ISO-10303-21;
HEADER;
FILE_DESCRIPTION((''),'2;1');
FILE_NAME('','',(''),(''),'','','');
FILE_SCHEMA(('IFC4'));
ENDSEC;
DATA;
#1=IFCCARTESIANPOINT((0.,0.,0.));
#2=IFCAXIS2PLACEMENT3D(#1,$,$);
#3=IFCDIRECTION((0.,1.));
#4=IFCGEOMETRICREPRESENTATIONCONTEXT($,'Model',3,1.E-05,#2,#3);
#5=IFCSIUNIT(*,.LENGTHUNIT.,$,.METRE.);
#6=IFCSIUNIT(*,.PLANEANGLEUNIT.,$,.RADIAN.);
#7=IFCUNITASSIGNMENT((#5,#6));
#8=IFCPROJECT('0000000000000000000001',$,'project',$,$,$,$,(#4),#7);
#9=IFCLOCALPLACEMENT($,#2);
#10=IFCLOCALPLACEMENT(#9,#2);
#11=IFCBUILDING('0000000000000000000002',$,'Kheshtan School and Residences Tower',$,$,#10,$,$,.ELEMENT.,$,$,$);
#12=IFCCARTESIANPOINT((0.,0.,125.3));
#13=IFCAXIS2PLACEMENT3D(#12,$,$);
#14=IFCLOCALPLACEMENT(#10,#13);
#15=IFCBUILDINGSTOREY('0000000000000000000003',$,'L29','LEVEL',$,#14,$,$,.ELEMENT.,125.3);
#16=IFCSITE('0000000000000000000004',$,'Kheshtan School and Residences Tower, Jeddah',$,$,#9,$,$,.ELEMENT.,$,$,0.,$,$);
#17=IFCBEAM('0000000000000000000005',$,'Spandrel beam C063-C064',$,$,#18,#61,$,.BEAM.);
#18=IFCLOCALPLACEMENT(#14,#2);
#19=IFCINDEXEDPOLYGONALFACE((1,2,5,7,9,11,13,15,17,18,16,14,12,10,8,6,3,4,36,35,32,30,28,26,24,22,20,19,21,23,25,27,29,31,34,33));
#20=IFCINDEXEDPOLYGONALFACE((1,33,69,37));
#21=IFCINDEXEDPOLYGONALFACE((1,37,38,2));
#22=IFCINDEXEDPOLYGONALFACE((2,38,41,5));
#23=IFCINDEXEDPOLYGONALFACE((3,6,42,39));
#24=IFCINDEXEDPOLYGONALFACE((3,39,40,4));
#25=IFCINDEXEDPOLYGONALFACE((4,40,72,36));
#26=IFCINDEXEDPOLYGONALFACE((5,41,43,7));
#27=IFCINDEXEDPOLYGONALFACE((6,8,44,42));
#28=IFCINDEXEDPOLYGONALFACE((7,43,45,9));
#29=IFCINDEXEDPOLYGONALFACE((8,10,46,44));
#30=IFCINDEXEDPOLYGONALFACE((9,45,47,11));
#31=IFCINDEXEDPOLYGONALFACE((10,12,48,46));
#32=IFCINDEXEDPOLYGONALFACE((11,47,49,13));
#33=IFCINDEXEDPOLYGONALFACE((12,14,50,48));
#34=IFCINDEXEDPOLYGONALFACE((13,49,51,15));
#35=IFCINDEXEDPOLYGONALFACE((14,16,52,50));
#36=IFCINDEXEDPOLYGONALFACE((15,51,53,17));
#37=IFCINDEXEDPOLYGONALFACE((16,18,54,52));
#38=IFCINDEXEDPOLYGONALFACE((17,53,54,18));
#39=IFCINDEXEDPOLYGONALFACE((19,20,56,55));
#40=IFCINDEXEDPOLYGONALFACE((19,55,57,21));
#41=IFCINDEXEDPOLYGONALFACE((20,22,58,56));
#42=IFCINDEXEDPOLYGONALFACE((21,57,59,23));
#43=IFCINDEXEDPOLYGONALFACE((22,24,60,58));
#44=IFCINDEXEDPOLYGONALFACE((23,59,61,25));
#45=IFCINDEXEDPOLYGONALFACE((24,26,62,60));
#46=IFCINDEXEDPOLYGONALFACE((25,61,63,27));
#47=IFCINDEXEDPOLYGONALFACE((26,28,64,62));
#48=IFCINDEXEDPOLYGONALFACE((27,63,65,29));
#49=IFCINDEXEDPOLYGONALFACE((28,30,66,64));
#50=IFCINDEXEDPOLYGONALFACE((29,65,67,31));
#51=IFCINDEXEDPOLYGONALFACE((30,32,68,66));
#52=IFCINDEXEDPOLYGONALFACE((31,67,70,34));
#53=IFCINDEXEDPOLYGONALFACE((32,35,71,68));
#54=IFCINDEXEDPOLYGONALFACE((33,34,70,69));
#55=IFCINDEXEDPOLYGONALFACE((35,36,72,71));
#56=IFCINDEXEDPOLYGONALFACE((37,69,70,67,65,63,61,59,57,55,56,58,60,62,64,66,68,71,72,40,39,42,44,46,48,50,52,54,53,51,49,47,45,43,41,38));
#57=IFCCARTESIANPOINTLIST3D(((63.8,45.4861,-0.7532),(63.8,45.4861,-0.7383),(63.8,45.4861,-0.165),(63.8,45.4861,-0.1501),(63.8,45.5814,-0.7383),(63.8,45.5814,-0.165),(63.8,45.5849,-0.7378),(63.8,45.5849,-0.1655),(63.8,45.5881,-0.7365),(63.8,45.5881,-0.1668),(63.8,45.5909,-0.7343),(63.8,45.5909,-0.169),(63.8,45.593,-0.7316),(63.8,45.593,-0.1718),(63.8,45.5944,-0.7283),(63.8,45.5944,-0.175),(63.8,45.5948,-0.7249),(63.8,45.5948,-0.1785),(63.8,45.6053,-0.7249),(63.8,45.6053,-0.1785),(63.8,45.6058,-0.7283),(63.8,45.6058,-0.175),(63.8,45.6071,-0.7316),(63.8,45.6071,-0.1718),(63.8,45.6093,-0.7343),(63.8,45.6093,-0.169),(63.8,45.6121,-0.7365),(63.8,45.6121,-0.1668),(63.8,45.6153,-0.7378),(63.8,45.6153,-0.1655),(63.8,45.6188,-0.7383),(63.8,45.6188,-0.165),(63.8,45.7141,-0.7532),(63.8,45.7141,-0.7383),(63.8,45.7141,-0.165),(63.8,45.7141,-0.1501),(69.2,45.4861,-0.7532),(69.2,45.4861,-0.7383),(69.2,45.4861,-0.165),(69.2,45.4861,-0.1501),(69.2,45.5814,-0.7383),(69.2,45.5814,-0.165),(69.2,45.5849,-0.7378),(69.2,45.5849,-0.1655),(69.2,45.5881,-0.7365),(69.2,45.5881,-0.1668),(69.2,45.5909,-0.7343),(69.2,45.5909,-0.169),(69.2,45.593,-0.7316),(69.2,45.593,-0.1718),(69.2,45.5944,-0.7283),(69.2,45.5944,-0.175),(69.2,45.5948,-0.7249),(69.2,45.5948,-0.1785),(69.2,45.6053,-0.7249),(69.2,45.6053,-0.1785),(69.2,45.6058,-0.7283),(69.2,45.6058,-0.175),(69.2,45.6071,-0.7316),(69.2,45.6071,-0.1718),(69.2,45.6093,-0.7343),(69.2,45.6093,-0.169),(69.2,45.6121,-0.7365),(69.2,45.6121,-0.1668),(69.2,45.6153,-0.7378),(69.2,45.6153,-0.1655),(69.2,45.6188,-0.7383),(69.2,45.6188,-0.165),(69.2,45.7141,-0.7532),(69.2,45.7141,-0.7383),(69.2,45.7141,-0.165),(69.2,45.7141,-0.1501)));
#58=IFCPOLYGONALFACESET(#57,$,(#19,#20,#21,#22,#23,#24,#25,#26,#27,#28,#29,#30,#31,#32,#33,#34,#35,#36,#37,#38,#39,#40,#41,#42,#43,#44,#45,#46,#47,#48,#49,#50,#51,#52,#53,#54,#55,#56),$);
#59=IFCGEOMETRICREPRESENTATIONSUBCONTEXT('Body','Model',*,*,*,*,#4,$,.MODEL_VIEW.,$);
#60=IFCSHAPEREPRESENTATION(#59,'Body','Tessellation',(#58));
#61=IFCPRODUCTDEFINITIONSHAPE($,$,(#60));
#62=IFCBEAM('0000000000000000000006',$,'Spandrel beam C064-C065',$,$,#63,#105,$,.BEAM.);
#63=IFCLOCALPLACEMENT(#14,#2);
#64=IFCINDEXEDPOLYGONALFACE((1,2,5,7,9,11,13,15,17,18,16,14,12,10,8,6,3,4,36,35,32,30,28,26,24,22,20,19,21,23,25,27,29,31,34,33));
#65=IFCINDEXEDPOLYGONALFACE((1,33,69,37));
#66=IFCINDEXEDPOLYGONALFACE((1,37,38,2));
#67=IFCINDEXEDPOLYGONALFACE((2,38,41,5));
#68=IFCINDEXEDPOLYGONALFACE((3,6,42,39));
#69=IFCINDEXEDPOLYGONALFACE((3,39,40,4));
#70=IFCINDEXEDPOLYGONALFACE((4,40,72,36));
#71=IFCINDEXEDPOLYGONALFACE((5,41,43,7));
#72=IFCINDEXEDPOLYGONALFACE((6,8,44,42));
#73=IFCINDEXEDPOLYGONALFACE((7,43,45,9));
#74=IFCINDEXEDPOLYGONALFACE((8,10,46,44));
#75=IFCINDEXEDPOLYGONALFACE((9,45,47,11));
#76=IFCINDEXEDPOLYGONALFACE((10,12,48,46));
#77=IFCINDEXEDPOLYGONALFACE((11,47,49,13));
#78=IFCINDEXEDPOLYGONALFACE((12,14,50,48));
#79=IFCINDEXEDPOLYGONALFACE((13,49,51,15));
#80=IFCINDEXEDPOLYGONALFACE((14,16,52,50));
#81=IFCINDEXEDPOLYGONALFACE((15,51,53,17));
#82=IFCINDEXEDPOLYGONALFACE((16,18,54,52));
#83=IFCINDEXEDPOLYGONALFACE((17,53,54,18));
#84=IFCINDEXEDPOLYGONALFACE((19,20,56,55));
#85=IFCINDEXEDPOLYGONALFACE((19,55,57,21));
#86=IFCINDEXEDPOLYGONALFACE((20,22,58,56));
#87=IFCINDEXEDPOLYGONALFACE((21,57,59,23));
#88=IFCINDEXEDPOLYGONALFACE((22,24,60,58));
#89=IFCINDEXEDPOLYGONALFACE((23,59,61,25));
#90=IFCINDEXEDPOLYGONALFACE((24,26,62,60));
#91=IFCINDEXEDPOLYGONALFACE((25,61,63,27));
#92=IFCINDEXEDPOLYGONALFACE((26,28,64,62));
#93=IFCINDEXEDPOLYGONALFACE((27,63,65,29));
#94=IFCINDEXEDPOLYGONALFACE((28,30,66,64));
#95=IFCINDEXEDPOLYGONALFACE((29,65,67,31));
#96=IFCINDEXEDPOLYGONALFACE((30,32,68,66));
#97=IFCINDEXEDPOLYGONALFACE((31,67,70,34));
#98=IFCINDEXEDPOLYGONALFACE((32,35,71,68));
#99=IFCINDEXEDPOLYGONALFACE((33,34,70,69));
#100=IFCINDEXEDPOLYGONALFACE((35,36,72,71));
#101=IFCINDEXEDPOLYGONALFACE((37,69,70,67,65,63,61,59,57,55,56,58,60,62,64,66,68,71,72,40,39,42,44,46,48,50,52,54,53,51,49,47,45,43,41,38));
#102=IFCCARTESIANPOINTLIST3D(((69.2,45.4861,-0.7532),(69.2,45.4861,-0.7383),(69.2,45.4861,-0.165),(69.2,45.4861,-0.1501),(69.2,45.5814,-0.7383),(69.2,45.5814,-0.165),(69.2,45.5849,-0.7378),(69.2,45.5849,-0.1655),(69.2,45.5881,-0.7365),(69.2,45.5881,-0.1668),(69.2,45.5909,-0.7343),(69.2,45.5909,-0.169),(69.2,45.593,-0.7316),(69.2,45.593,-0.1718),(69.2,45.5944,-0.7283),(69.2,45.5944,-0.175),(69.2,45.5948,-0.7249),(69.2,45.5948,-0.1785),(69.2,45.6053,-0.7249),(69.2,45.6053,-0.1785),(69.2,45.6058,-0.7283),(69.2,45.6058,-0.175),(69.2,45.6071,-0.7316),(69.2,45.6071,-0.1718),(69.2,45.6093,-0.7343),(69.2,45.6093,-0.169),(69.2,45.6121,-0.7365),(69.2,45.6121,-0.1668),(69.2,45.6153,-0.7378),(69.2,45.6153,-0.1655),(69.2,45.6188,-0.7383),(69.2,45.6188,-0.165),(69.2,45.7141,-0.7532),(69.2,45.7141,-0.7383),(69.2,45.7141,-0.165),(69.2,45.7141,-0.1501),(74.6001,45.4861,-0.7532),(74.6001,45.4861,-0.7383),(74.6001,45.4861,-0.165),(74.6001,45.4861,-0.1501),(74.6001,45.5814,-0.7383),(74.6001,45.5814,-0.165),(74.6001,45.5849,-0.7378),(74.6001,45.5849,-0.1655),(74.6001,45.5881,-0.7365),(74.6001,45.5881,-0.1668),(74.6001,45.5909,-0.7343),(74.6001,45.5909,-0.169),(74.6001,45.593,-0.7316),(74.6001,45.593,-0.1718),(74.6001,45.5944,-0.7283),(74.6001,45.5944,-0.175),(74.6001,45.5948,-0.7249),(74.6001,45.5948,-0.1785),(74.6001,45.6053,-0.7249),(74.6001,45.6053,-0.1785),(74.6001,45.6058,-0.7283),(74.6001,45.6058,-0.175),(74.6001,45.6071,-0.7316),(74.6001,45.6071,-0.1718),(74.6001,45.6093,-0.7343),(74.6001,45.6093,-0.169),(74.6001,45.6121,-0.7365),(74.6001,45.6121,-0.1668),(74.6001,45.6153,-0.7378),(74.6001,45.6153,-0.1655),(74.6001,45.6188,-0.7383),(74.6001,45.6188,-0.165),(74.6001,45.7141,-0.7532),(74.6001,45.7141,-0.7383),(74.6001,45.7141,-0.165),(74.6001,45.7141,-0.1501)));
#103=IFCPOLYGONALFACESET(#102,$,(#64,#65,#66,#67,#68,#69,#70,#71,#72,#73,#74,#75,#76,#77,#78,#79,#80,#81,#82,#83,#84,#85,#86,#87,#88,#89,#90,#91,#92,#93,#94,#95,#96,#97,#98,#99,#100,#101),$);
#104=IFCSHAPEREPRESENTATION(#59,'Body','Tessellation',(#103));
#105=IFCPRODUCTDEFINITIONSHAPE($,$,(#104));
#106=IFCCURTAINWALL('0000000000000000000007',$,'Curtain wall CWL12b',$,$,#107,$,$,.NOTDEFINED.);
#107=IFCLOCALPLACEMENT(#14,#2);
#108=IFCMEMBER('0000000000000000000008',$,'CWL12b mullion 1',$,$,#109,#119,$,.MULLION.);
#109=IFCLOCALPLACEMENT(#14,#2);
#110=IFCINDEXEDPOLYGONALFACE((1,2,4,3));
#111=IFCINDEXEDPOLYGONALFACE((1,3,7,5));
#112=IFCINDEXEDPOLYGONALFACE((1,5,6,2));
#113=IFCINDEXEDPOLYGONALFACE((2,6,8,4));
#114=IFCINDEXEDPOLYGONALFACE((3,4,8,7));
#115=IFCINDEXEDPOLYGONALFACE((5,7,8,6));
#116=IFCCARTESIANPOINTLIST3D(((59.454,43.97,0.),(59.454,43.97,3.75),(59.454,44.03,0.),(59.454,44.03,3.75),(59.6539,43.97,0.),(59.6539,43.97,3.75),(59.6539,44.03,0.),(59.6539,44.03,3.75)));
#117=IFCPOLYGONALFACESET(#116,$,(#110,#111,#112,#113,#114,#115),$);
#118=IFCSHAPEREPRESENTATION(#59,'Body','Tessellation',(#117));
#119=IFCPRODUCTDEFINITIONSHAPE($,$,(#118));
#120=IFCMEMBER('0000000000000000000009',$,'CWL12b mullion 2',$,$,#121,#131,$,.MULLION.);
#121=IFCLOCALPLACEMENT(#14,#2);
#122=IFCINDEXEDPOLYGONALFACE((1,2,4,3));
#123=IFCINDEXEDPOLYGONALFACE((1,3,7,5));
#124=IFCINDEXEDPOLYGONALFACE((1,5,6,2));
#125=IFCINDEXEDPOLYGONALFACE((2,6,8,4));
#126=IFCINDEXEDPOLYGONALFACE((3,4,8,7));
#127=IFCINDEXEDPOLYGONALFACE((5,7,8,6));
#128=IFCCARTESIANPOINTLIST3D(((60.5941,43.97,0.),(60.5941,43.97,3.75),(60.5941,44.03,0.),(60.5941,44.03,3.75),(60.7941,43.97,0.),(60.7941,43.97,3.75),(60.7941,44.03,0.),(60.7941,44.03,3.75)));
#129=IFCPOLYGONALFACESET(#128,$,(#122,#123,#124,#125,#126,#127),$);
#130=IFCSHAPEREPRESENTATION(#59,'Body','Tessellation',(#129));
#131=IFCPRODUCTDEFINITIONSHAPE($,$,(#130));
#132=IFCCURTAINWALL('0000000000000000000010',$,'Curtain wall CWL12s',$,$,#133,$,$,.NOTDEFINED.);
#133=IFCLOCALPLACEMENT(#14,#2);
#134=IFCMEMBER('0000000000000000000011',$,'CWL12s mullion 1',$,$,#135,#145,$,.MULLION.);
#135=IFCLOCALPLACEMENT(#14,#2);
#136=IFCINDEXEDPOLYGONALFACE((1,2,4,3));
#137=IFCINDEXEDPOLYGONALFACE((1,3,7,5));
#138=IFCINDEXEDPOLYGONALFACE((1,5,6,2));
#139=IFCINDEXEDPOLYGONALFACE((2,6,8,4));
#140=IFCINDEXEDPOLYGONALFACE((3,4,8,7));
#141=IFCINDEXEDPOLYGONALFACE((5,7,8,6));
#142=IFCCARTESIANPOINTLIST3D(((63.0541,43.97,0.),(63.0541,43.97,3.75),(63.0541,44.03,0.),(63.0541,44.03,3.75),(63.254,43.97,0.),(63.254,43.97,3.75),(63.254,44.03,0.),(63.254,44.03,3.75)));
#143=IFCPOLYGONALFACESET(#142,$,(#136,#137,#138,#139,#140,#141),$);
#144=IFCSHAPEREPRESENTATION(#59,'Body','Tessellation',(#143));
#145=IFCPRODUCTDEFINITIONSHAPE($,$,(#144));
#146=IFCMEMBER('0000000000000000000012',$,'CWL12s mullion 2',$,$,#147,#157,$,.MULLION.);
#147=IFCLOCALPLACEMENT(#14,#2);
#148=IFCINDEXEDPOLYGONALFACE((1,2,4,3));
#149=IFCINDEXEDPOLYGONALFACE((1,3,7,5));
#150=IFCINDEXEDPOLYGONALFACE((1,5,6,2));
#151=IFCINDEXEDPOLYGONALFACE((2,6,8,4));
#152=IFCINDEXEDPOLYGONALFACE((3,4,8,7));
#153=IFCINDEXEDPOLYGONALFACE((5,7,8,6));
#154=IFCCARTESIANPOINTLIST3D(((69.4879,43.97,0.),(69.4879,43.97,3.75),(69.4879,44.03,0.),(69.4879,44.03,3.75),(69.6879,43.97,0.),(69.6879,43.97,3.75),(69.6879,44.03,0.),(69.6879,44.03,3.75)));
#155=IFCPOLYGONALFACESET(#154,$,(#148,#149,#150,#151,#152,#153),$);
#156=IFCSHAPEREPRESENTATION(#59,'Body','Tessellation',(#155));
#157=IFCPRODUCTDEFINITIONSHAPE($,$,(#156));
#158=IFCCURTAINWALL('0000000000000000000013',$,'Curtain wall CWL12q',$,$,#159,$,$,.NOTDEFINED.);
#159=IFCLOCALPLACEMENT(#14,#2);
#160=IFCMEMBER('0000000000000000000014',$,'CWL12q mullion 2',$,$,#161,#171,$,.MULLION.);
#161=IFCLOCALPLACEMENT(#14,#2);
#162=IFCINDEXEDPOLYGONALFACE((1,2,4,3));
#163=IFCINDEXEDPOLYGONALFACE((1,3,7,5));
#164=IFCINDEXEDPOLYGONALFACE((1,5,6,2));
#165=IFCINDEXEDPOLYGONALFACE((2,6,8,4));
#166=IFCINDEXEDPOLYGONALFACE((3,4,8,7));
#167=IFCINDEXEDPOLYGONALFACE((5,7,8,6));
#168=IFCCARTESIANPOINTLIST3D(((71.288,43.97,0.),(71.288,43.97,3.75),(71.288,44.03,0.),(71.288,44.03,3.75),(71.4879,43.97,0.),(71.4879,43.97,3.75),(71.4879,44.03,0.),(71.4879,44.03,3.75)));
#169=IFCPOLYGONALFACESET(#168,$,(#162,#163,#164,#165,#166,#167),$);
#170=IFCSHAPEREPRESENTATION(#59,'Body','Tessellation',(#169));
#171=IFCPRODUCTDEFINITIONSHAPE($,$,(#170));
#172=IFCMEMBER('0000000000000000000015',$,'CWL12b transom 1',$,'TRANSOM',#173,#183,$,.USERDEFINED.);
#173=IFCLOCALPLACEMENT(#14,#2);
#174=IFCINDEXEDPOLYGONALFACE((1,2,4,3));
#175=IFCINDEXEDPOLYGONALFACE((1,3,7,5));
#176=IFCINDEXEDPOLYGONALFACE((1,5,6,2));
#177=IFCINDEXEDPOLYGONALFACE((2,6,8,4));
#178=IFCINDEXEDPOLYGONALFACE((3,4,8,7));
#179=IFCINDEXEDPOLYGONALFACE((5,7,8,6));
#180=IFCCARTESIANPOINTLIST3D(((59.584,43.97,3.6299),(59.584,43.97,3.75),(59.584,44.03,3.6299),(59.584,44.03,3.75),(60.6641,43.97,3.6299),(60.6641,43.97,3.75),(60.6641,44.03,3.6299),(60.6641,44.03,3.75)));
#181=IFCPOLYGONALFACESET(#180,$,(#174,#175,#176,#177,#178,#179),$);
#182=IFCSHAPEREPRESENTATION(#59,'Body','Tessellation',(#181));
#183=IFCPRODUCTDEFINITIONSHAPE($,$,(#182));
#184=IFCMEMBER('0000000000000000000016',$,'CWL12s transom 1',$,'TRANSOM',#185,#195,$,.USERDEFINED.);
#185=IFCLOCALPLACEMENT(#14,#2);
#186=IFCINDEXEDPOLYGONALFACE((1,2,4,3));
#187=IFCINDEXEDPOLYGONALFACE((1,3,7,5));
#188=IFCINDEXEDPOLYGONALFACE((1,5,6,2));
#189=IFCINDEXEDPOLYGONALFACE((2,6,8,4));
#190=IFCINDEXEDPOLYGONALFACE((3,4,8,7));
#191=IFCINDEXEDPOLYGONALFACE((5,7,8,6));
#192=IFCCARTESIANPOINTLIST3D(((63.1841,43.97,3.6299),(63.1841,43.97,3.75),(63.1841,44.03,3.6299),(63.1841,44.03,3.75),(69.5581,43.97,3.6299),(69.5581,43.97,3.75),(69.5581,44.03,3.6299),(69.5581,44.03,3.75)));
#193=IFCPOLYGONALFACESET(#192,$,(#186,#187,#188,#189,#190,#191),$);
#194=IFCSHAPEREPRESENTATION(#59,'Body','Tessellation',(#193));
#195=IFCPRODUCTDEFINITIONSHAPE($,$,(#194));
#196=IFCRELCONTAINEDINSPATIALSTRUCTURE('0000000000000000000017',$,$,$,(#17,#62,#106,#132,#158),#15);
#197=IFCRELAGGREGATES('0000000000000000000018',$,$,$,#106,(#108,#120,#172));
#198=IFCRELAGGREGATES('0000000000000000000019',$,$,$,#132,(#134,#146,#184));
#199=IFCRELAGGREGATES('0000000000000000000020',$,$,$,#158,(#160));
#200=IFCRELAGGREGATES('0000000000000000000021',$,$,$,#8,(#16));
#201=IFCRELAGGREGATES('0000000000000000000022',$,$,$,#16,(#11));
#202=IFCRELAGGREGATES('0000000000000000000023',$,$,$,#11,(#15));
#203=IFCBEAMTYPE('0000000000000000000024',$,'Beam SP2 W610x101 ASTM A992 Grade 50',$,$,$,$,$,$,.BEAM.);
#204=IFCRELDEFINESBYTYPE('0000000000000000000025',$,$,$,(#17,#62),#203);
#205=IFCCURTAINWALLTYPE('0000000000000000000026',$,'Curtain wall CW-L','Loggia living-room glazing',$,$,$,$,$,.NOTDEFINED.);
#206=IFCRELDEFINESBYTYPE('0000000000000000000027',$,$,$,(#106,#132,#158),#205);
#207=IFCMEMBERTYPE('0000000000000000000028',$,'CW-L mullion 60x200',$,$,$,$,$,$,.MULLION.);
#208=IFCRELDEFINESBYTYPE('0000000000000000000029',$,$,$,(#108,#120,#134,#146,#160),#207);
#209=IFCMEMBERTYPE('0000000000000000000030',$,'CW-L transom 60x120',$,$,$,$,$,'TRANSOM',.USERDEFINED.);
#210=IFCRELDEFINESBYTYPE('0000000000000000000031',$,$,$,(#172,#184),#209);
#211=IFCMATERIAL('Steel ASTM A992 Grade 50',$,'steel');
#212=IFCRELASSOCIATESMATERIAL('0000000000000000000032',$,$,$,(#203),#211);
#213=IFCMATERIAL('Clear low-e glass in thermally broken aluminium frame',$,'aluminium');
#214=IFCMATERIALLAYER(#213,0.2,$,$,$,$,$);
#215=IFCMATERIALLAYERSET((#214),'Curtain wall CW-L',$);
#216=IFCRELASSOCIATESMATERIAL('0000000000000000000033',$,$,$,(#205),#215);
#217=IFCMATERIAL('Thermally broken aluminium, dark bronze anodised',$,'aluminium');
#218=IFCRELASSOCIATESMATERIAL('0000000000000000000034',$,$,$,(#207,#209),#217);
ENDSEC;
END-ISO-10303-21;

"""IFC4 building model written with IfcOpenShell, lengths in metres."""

from ifc_helpers import new_model, si_unit, direction, frame, origin, origin_2d, place, context, subcontext, project, spatial, rectangle, i_section, extrude, material, layer, layer_set, material_profile, profile_set, type_object, element, aggregate, save


model = new_model("IFC4")

# Units and contexts
model_context = context("Model", 3, precision=1e-05, world=origin(), true_north=direction((0.0, 1.0)))
body_context = subcontext(model_context, "Body", "Model", "MODEL_VIEW")
ifc_project = project(units=[si_unit("LENGTHUNIT", "METRE"), si_unit("PLANEANGLEUNIT", "RADIAN")], contexts=[model_context])

# Site, building, storey
site_placement = place(None, origin())
site = spatial("IfcSite", under=ifc_project, at=site_placement, Name="Kheshtan School and Residences Tower, Jeddah", CompositionType="ELEMENT", RefElevation=0.0)
building_placement = place(site_placement, origin())
building = spatial("IfcBuilding", under=site, at=building_placement, Name="Kheshtan School and Residences Tower", CompositionType="ELEMENT")
storey_placement = place(building_placement, frame((0.0, 0.0, 125.3)))
storey = spatial("IfcBuildingStorey", under=building, at=storey_placement, Name="L29", Description="LEVEL", CompositionType="ELEMENT", Elevation=125.3)

# Shared definitions
ifc_material_1 = material(Name="Steel ASTM A992 Grade 50", Category="steel")

# Beams
ifc_material_profile_1 = material_profile(ifc_material_1, i_section(OverallWidth=0.228, OverallDepth=0.603, WebThickness=0.0105, FlangeThickness=0.0149, FilletRadius=0.0134, at=origin_2d()), Name="W610x101")
ifc_profile_set_1 = profile_set([ifc_material_profile_1], Name="Steel ASTM A992 Grade 50")
beam_type_1 = type_object("IfcBeamType", Name="Beam SP2 W610x101 ASTM A992 Grade 50", PredefinedType="BEAM", material=ifc_profile_set_1)
beam_1_placement = place(storey_placement, frame((63.8, 45.6001, -0.4517), z_axis=(1.0, 0.0, 0.0), x_axis=(0.0, 1.0, 0.0)))
element("IfcBeam", 1, at=beam_1_placement, inside=storey, type_object=beam_type_1, Name="Spandrel beam C063-C064", PredefinedType="BEAM", context=body_context, shape_type="SweptSolid", body=[
    extrude(i_section(OverallWidth=0.228, OverallDepth=0.603, WebThickness=0.0105, FlangeThickness=0.0149, FilletRadius=0.0134, at=origin_2d()), origin(), (0.0, 0.0, 1.0), 5.3999),
])
beam_2_placement = place(storey_placement, frame((69.2, 45.6001, -0.4517), z_axis=(1.0, 0.0, 0.0), x_axis=(0.0, 1.0, 0.0)))
element("IfcBeam", 2, at=beam_2_placement, inside=storey, type_object=beam_type_1, Name="Spandrel beam C064-C065", PredefinedType="BEAM", context=body_context, shape_type="SweptSolid", body=[
    extrude(i_section(OverallWidth=0.228, OverallDepth=0.603, WebThickness=0.0105, FlangeThickness=0.0149, FilletRadius=0.0134, at=origin_2d()), origin(), (0.0, 0.0, 1.0), 5.4001),
])

# Curtain walls, members
ifc_material_2 = material(Name="Clear low-e glass in thermally broken aluminium frame", Category="aluminium")
ifc_layer_1 = layer(ifc_material_2, 0.2)
ifc_layer_set_1 = layer_set([ifc_layer_1], Name="Curtain wall CW-L")
curtain_wall_type = type_object("IfcCurtainWallType", Name="Curtain wall CW-L", Description="Loggia living-room glazing", PredefinedType="NOTDEFINED", material=ifc_layer_set_1)
curtain_wall_1_placement = place(storey_placement, origin())
curtain_wall_1 = element("IfcCurtainWall", 3, at=curtain_wall_1_placement, inside=storey, type_object=curtain_wall_type, Name="Curtain wall CWL12b", PredefinedType="NOTDEFINED")
ifc_material_3 = material(Name="Thermally broken aluminium, dark bronze anodised", Category="aluminium")
ifc_material_profile_2 = material_profile(ifc_material_3, rectangle(XDim=0.0601, YDim=0.2, at=origin_2d()), Name="CW-L mullion 60x200")
ifc_profile_set_2 = profile_set([ifc_material_profile_2], Name="Thermally broken aluminium, dark bronze anodised")
member_type_1 = type_object("IfcMemberType", Name="CW-L mullion 60x200", PredefinedType="MULLION", material=ifc_profile_set_2)
member_1_placement = place(storey_placement, frame((59.554, 44.0, 0.0), z_axis=(0.0, 0.0, 1.0), x_axis=(0.0, 1.0, 0.0)))
member_1 = element("IfcMember", 4, at=member_1_placement, type_object=member_type_1, Name="CWL12b mullion 1", PredefinedType="MULLION", context=body_context, shape_type="SweptSolid", body=[
    extrude(rectangle(XDim=0.0601, YDim=0.2, at=origin_2d()), origin(), (0.0, 0.0, 1.0), 3.75),
])
member_2_placement = place(storey_placement, frame((60.6941, 44.0, 0.0), z_axis=(0.0, 0.0, 1.0), x_axis=(0.0, 1.0, 0.0)))
member_2 = element("IfcMember", 5, at=member_2_placement, type_object=member_type_1, Name="CWL12b mullion 2", PredefinedType="MULLION", context=body_context, shape_type="SweptSolid", body=[
    extrude(rectangle(XDim=0.0601, YDim=0.2, at=origin_2d()), origin(), (0.0, 0.0, 1.0), 3.75),
])
curtain_wall_2_placement = place(storey_placement, origin())
curtain_wall_2 = element("IfcCurtainWall", 6, at=curtain_wall_2_placement, inside=storey, type_object=curtain_wall_type, Name="Curtain wall CWL12s", PredefinedType="NOTDEFINED")
member_3_placement = place(storey_placement, frame((63.1541, 44.0, 0.0), z_axis=(0.0, 0.0, 1.0), x_axis=(0.0, 1.0, 0.0)))
member_3 = element("IfcMember", 7, at=member_3_placement, type_object=member_type_1, Name="CWL12s mullion 1", PredefinedType="MULLION", context=body_context, shape_type="SweptSolid", body=[
    extrude(rectangle(XDim=0.0601, YDim=0.2, at=origin_2d()), origin(), (0.0, 0.0, 1.0), 3.75),
])
member_4_placement = place(storey_placement, frame((69.5879, 44.0, 0.0), z_axis=(0.0, 0.0, 1.0), x_axis=(0.0, 1.0, 0.0)))
member_4 = element("IfcMember", 8, at=member_4_placement, type_object=member_type_1, Name="CWL12s mullion 2", PredefinedType="MULLION", context=body_context, shape_type="SweptSolid", body=[
    extrude(rectangle(XDim=0.0601, YDim=0.2, at=origin_2d()), origin(), (0.0, 0.0, 1.0), 3.75),
])

# Curtain wall, member
curtain_wall_3_placement = place(storey_placement, origin())
curtain_wall_3 = element("IfcCurtainWall", 9, at=curtain_wall_3_placement, inside=storey, type_object=curtain_wall_type, Name="Curtain wall CWL12q", PredefinedType="NOTDEFINED")
member_5_placement = place(storey_placement, frame((71.3879, 44.0, 0.0), z_axis=(0.0, 0.0, 1.0), x_axis=(0.0, 1.0, 0.0)))
member_5 = element("IfcMember", 10, at=member_5_placement, type_object=member_type_1, Name="CWL12q mullion 2", PredefinedType="MULLION", context=body_context, shape_type="SweptSolid", body=[
    extrude(rectangle(XDim=0.0601, YDim=0.2, at=origin_2d()), origin(), (0.0, 0.0, 1.0), 3.75),
])

# Members
ifc_material_profile_3 = material_profile(ifc_material_3, rectangle(XDim=0.0601, YDim=0.1201, at=origin_2d()), Name="CW-L transom 60x120")
ifc_profile_set_3 = profile_set([ifc_material_profile_3], Name="Thermally broken aluminium, dark bronze anodised")
member_type_2 = type_object("IfcMemberType", Name="CW-L transom 60x120", ElementType="TRANSOM", PredefinedType="USERDEFINED", material=ifc_profile_set_3)
member_6_placement = place(storey_placement, frame((59.584, 44.0, 3.6899), z_axis=(1.0, 0.0, 0.0), x_axis=(0.0, 1.0, 0.0)))
member_6 = element("IfcMember", 11, at=member_6_placement, type_object=member_type_2, Name="CWL12b transom 1", ObjectType="TRANSOM", PredefinedType="USERDEFINED", context=body_context, shape_type="SweptSolid", body=[
    extrude(rectangle(XDim=0.0601, YDim=0.1201, at=origin_2d()), origin(), (0.0, 0.0, 1.0), 1.0801),
])
member_7_placement = place(storey_placement, frame((63.1841, 44.0, 3.6899), z_axis=(1.0, 0.0, 0.0), x_axis=(0.0, 1.0, 0.0)))
member_7 = element("IfcMember", 12, at=member_7_placement, type_object=member_type_2, Name="CWL12s transom 1", ObjectType="TRANSOM", PredefinedType="USERDEFINED", context=body_context, shape_type="SweptSolid", body=[
    extrude(rectangle(XDim=0.0601, YDim=0.1201, at=origin_2d()), origin(), (0.0, 0.0, 1.0), 6.374),
])

aggregate(curtain_wall_1, [member_1, member_2, member_6])
aggregate(curtain_wall_2, [member_3, member_4, member_7])
aggregate(curtain_wall_3, [member_5])

save(model, "model.ifc")
